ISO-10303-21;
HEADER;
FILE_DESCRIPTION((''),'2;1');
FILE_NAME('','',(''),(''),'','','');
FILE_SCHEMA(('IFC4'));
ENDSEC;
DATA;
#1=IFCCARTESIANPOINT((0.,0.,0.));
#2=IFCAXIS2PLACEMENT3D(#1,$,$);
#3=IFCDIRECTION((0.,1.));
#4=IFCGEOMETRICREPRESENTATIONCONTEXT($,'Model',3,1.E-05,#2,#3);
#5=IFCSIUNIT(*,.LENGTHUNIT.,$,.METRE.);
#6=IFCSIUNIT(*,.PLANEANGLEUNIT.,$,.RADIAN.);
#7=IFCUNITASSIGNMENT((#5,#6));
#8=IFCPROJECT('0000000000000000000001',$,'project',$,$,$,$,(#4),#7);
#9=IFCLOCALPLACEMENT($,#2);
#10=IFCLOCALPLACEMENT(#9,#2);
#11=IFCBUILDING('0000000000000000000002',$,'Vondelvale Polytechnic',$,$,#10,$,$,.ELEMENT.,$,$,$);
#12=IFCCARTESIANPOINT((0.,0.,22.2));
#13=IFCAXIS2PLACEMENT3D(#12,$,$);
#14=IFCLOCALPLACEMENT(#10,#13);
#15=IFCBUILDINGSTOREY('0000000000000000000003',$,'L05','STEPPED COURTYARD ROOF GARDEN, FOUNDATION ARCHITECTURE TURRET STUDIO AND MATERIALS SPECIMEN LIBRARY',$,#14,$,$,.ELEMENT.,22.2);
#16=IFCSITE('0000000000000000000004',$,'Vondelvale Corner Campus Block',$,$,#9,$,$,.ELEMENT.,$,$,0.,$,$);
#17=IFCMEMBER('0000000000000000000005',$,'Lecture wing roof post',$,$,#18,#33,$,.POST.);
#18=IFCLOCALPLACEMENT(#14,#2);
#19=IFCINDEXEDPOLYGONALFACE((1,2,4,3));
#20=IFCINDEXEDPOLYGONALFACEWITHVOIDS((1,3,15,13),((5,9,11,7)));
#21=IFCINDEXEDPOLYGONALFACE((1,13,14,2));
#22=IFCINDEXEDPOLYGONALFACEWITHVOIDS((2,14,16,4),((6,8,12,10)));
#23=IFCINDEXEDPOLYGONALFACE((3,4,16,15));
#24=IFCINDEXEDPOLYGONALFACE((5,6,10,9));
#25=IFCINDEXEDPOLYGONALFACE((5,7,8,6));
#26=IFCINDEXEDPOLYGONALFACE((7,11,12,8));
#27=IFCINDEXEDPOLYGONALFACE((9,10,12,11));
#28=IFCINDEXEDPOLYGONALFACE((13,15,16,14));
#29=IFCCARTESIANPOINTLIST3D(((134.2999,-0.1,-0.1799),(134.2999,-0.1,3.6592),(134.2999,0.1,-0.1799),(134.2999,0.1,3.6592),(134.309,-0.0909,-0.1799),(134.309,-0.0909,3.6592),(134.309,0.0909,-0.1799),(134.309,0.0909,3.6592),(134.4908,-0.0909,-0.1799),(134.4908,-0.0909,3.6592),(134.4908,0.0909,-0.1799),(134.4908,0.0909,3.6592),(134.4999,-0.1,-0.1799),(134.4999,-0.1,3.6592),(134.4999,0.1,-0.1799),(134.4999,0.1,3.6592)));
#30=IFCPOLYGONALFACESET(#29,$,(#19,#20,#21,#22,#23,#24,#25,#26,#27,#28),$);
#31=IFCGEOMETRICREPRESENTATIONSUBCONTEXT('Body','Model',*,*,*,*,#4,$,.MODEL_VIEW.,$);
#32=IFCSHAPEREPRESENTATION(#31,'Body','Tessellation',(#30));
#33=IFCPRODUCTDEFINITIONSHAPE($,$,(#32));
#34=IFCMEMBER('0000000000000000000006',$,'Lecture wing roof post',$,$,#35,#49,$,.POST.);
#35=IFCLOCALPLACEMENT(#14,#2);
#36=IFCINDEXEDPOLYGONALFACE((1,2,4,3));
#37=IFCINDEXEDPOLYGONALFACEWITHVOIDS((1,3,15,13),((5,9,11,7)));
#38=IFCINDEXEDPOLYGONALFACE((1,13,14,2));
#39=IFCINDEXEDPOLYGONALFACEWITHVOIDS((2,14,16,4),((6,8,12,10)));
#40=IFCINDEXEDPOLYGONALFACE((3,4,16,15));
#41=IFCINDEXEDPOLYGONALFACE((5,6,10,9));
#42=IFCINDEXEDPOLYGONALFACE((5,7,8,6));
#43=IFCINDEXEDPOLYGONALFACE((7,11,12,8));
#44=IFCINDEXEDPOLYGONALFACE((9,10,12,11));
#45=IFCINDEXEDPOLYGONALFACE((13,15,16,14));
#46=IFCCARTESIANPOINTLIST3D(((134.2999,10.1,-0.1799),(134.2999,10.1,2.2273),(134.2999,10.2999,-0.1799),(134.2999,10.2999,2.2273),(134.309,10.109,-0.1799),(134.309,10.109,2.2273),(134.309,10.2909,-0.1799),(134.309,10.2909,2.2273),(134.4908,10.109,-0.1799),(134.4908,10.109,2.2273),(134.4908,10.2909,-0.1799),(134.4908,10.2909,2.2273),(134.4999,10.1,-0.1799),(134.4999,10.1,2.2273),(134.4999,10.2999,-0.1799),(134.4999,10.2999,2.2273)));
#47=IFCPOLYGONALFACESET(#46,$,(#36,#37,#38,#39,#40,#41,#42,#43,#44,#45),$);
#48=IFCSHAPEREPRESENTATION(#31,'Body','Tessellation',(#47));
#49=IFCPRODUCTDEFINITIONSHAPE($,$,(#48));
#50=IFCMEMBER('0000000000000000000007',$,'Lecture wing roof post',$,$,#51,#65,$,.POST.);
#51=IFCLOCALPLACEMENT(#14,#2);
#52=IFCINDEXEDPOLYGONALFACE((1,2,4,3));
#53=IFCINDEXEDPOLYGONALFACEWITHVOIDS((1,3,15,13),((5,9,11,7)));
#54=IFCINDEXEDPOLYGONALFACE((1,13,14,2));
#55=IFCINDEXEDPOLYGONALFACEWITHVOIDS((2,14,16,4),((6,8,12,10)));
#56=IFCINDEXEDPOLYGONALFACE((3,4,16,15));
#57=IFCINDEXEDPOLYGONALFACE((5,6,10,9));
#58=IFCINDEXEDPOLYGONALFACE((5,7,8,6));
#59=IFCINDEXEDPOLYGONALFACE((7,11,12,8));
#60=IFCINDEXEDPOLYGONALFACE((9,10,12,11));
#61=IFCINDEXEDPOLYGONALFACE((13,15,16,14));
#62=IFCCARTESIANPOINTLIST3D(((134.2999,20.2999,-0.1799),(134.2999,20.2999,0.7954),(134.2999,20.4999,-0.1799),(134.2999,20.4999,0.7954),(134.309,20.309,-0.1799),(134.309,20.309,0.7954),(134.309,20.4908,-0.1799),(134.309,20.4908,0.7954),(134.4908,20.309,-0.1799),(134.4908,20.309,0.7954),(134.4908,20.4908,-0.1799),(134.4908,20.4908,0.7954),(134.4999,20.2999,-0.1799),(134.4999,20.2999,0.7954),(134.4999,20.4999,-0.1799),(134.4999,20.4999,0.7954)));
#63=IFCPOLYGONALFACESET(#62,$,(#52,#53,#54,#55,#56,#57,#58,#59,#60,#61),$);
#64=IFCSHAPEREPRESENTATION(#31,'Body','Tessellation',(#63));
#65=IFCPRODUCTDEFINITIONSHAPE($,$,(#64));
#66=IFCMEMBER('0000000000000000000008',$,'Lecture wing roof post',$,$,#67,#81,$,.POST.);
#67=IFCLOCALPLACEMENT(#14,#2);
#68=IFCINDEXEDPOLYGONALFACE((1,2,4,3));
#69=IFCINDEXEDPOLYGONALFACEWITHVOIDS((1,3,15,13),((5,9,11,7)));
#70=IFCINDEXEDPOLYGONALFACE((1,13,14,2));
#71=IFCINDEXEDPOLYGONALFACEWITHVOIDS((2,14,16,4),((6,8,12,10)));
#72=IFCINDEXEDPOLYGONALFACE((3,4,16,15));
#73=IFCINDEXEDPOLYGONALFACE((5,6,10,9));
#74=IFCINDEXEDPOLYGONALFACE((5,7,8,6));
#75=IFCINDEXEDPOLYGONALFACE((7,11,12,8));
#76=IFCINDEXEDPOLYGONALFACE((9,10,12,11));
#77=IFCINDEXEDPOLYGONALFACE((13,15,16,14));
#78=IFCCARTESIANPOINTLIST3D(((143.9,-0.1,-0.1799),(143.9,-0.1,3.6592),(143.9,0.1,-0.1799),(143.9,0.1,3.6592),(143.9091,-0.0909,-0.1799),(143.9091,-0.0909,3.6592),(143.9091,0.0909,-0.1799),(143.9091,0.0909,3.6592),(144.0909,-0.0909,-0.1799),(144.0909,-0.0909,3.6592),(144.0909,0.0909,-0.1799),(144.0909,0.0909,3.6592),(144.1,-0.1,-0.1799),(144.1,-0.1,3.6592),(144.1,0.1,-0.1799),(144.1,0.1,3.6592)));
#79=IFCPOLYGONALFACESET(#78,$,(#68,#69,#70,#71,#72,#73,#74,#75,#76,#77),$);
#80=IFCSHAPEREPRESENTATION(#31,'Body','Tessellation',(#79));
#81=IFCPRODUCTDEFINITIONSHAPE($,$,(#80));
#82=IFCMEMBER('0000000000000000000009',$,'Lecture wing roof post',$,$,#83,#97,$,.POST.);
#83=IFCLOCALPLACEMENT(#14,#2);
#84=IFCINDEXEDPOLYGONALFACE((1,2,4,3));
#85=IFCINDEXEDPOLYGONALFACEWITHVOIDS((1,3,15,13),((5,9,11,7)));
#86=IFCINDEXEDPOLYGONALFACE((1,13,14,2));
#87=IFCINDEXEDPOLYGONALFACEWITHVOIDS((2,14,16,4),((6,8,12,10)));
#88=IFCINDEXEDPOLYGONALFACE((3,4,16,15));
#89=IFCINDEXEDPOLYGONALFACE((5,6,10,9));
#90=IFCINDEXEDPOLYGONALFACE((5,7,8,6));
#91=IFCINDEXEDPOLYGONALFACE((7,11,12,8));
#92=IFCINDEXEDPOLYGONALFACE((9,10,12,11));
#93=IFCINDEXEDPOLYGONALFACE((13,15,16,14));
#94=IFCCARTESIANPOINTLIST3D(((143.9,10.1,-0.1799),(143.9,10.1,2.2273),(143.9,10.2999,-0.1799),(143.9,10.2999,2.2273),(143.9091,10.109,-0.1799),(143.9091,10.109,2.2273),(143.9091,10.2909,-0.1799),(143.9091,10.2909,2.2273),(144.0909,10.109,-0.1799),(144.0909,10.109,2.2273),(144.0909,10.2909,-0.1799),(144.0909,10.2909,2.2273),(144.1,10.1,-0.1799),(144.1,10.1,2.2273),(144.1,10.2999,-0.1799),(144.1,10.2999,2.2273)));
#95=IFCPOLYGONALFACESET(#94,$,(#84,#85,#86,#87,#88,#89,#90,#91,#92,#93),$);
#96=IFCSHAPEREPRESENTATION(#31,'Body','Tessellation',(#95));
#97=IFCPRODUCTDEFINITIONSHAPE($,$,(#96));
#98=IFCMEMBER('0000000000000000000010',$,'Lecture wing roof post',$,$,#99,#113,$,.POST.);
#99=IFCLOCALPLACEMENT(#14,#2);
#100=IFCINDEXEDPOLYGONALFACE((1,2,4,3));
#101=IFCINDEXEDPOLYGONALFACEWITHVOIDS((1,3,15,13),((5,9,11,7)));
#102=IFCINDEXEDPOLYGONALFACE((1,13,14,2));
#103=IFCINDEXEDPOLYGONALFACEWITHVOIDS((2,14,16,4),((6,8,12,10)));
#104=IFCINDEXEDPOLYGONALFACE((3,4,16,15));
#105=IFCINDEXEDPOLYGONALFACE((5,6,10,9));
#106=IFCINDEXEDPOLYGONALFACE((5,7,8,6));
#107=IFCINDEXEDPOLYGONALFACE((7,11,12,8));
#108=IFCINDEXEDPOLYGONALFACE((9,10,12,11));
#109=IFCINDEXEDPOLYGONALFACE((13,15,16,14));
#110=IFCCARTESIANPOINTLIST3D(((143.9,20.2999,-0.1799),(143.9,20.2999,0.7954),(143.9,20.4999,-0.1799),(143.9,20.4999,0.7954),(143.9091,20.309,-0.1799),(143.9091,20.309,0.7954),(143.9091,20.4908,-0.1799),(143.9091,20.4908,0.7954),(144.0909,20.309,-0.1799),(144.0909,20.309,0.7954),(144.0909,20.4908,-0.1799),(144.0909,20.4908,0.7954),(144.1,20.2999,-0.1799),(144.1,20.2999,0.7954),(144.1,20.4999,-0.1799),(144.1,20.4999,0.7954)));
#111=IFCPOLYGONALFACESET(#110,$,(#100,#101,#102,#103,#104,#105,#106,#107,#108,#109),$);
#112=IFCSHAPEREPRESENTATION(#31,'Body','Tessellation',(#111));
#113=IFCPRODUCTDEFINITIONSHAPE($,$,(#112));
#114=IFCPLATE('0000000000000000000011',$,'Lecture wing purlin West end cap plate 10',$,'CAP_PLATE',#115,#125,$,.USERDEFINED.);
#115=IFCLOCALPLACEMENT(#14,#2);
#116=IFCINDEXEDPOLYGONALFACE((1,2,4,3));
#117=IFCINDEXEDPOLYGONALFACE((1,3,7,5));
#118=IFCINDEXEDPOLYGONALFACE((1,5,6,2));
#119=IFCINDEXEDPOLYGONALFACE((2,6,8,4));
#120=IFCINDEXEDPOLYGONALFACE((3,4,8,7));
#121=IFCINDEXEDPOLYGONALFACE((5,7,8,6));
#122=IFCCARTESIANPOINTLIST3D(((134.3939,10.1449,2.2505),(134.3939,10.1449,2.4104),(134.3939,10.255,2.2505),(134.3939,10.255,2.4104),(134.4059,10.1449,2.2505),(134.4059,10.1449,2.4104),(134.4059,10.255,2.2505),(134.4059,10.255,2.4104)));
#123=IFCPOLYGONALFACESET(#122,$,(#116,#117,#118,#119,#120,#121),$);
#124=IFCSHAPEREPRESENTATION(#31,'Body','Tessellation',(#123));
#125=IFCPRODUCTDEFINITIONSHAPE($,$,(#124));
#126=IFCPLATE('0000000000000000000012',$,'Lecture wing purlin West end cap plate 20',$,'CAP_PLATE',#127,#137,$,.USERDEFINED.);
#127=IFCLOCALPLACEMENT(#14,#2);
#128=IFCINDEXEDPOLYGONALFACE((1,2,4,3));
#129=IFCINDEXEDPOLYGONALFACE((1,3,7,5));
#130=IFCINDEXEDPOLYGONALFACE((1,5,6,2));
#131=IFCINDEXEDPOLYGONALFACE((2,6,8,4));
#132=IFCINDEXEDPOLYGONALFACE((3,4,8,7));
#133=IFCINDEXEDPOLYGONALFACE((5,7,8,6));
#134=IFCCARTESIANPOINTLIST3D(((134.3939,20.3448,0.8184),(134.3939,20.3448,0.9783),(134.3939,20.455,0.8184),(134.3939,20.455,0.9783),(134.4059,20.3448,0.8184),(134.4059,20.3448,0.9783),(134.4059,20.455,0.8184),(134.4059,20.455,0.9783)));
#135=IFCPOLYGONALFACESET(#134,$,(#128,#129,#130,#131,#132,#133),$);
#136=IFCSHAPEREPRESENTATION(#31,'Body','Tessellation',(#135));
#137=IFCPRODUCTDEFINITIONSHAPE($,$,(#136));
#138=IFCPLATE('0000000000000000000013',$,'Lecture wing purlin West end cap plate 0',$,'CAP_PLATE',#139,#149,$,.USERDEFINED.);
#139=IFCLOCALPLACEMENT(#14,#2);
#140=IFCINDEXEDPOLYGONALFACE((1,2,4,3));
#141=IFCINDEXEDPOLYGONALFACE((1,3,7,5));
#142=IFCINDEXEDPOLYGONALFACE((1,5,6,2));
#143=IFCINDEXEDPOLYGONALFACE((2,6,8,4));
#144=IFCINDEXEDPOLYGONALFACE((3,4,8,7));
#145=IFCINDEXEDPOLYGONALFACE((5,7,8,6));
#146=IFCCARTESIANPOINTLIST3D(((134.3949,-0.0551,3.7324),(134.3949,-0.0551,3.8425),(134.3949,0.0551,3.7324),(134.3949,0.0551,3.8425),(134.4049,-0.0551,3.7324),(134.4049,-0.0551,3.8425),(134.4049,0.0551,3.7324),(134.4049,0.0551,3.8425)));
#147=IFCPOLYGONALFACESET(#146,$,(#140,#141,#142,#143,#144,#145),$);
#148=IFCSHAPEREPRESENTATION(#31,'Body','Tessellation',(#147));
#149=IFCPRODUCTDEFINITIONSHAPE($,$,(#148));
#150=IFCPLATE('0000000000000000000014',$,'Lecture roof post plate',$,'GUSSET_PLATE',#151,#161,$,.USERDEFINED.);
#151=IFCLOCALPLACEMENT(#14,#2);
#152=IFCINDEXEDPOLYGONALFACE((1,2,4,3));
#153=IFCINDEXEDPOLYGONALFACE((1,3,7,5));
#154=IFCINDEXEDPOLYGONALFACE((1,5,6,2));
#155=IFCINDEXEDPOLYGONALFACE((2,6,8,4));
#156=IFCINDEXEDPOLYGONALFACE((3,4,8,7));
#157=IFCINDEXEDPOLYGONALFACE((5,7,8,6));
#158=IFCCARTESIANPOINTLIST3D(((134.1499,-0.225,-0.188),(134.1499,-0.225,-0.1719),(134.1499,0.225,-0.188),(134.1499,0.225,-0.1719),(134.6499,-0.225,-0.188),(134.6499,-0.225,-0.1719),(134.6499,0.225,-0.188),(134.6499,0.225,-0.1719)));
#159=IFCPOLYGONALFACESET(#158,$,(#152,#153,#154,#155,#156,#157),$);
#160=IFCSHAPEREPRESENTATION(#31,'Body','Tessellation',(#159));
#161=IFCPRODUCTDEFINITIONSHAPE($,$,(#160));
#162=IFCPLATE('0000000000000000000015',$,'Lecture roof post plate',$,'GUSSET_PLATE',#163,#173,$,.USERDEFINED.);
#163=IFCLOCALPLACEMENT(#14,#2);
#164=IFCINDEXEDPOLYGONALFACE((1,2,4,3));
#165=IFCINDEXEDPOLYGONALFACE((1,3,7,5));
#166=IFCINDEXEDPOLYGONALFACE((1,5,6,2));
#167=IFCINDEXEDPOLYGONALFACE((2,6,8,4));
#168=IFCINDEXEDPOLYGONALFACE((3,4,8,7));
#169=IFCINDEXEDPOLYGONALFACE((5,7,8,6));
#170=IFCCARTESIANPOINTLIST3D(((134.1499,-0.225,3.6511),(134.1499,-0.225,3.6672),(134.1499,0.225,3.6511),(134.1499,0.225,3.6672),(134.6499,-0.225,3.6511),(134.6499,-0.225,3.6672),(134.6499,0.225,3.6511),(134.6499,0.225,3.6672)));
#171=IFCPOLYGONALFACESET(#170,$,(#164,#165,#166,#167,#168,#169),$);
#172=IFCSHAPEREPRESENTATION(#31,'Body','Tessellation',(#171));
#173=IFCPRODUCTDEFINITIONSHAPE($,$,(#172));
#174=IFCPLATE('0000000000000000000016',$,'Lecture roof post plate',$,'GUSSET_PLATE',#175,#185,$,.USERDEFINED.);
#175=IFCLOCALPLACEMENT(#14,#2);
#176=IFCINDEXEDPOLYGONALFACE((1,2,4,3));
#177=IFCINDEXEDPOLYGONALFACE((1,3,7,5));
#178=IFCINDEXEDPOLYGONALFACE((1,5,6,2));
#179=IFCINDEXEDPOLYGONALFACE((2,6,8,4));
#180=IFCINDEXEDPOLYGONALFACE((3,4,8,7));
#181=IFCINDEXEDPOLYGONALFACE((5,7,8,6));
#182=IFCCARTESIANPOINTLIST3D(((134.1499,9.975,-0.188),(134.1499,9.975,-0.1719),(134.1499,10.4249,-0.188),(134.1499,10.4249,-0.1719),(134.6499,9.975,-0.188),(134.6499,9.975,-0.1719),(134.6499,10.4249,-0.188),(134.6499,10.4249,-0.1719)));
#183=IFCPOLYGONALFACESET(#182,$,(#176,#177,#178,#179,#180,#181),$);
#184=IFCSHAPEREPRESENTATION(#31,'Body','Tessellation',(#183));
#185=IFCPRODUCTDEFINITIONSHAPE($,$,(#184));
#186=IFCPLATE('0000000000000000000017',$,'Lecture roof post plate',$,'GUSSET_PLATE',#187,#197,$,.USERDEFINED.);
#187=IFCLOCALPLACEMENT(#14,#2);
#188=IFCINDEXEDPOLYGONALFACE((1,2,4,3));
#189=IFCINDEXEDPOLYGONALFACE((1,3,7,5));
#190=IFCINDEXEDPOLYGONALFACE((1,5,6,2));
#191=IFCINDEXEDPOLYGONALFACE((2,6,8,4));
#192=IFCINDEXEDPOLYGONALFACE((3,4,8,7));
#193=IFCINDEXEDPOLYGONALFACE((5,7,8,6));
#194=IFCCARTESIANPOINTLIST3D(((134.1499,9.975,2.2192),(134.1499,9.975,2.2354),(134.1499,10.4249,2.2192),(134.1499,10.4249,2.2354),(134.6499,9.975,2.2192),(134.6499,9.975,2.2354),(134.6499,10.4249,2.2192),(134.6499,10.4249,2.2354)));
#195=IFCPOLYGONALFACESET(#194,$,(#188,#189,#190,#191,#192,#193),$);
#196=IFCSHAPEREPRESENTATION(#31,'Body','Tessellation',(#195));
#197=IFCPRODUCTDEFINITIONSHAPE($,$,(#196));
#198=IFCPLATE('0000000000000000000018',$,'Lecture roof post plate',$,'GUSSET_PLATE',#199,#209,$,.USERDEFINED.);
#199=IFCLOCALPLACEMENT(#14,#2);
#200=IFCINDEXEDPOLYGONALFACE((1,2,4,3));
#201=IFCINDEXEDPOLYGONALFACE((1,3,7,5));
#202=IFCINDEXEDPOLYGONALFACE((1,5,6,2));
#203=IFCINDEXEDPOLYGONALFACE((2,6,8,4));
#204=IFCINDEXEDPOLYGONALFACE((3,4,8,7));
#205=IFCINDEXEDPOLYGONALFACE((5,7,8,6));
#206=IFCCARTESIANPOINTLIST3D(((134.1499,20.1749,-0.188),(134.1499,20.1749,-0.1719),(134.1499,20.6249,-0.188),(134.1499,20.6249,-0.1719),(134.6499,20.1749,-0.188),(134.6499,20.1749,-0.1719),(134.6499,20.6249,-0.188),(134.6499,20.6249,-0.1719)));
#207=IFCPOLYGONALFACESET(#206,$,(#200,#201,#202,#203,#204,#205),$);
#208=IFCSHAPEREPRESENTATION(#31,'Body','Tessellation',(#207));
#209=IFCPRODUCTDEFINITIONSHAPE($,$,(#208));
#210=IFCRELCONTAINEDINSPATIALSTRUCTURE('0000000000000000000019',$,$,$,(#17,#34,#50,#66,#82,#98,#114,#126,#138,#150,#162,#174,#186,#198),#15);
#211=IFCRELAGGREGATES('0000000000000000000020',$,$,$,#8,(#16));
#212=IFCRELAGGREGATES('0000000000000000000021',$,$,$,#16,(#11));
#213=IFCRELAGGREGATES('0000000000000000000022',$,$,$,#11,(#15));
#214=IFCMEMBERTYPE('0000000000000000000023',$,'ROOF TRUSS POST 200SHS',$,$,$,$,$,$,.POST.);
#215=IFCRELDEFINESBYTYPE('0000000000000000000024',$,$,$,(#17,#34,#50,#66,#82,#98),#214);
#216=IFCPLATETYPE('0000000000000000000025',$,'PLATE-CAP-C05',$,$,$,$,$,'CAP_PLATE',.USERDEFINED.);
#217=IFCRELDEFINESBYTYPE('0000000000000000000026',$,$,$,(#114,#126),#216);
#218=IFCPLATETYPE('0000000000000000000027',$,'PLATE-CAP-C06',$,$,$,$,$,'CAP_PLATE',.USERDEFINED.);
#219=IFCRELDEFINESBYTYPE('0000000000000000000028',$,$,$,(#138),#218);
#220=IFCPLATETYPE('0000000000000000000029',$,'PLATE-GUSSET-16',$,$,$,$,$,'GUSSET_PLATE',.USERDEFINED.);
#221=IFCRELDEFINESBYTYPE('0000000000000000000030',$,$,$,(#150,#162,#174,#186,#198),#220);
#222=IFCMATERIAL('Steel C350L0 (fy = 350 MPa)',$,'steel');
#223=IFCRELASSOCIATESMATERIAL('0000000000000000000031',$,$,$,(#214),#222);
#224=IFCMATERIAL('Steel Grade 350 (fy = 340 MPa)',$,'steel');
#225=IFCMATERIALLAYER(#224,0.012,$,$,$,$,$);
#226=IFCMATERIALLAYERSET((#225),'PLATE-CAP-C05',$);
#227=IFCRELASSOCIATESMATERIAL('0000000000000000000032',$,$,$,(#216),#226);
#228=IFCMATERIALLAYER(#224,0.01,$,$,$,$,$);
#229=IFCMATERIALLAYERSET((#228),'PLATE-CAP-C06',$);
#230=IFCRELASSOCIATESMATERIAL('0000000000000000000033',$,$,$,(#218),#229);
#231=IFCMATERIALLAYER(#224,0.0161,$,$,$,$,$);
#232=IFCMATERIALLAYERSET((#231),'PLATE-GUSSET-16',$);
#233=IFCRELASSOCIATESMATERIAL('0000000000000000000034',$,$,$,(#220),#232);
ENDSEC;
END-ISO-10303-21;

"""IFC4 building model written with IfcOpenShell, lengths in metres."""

from ifc_helpers import new_model, si_unit, direction, frame, origin, origin_2d, place, context, subcontext, project, spatial, rectangle, hollow_rectangle, extrude, material, layer, layer_set, material_profile, profile_set, type_object, element, save


model = new_model("IFC4")

# Units and contexts
model_context = context("Model", 3, precision=1e-05, world=origin(), true_north=direction((0.0, 1.0)))
body_context = subcontext(model_context, "Body", "Model", "MODEL_VIEW")
ifc_project = project(units=[si_unit("LENGTHUNIT", "METRE"), si_unit("PLANEANGLEUNIT", "RADIAN")], contexts=[model_context])

# Site, building, storey
site_placement = place(None, origin())
site = spatial("IfcSite", under=ifc_project, at=site_placement, Name="Vondelvale Corner Campus Block", CompositionType="ELEMENT", RefElevation=0.0)
building_placement = place(site_placement, origin())
building = spatial("IfcBuilding", under=site, at=building_placement, Name="Vondelvale Polytechnic", CompositionType="ELEMENT")
storey_placement = place(building_placement, frame((0.0, 0.0, 22.2)))
storey = spatial("IfcBuildingStorey", under=building, at=storey_placement, Name="L05", Description="STEPPED COURTYARD ROOF GARDEN, FOUNDATION ARCHITECTURE TURRET STUDIO AND MATERIALS SPECIMEN LIBRARY", CompositionType="ELEMENT", Elevation=22.2)

# Members
ifc_material_1 = material(Name="Steel C350L0 (fy = 350 MPa)", Category="steel")
ifc_material_profile_1 = material_profile(ifc_material_1, hollow_rectangle(XDim=0.2, YDim=0.2, WallThickness=0.009, at=origin_2d()), Name="200x200x9.0SHS")
ifc_profile_set_1 = profile_set([ifc_material_profile_1], Name="Steel C350L0 (fy = 350 MPa)")
member_type_1 = type_object("IfcMemberType", Name="ROOF TRUSS POST 200SHS", PredefinedType="POST", material=ifc_profile_set_1)
member_1_placement = place(storey_placement, frame((134.3999, 0.0, -0.1799), z_axis=(0.0, 0.0, 1.0), x_axis=(1.0, 0.0, 0.0)))
element("IfcMember", 1, at=member_1_placement, inside=storey, type_object=member_type_1, Name="Lecture wing roof post", PredefinedType="POST", context=body_context, shape_type="SweptSolid", body=[
    extrude(hollow_rectangle(XDim=0.2, YDim=0.2, WallThickness=0.009, at=origin_2d()), origin(), (0.0, 0.0, 1.0), 3.8391),
])
member_2_placement = place(storey_placement, frame((134.3999, 10.2, -0.1799), z_axis=(0.0, 0.0, 1.0), x_axis=(1.0, 0.0, 0.0)))
element("IfcMember", 2, at=member_2_placement, inside=storey, type_object=member_type_1, Name="Lecture wing roof post", PredefinedType="POST", context=body_context, shape_type="SweptSolid", body=[
    extrude(hollow_rectangle(XDim=0.2, YDim=0.2, WallThickness=0.009, at=origin_2d()), origin(), (0.0, 0.0, 1.0), 2.4072),
])
member_3_placement = place(storey_placement, frame((134.3999, 20.3999, -0.1799), z_axis=(0.0, 0.0, 1.0), x_axis=(1.0, 0.0, 0.0)))
element("IfcMember", 3, at=member_3_placement, inside=storey, type_object=member_type_1, Name="Lecture wing roof post", PredefinedType="POST", context=body_context, shape_type="SweptSolid", body=[
    extrude(hollow_rectangle(XDim=0.2, YDim=0.2, WallThickness=0.009, at=origin_2d()), origin(), (0.0, 0.0, 1.0), 0.9753),
])
member_4_placement = place(storey_placement, frame((144.0, 0.0, -0.1799), z_axis=(0.0, 0.0, 1.0), x_axis=(1.0, 0.0, 0.0)))
element("IfcMember", 4, at=member_4_placement, inside=storey, type_object=member_type_1, Name="Lecture wing roof post", PredefinedType="POST", context=body_context, shape_type="SweptSolid", body=[
    extrude(hollow_rectangle(XDim=0.2, YDim=0.2, WallThickness=0.009, at=origin_2d()), origin(), (0.0, 0.0, 1.0), 3.8391),
])
member_5_placement = place(storey_placement, frame((144.0, 10.2, -0.1799), z_axis=(0.0, 0.0, 1.0), x_axis=(1.0, 0.0, 0.0)))
element("IfcMember", 5, at=member_5_placement, inside=storey, type_object=member_type_1, Name="Lecture wing roof post", PredefinedType="POST", context=body_context, shape_type="SweptSolid", body=[
    extrude(hollow_rectangle(XDim=0.2, YDim=0.2, WallThickness=0.009, at=origin_2d()), origin(), (0.0, 0.0, 1.0), 2.4072),
])
member_6_placement = place(storey_placement, frame((144.0, 20.3999, -0.1799), z_axis=(0.0, 0.0, 1.0), x_axis=(1.0, 0.0, 0.0)))
element("IfcMember", 6, at=member_6_placement, inside=storey, type_object=member_type_1, Name="Lecture wing roof post", PredefinedType="POST", context=body_context, shape_type="SweptSolid", body=[
    extrude(hollow_rectangle(XDim=0.2, YDim=0.2, WallThickness=0.009, at=origin_2d()), origin(), (0.0, 0.0, 1.0), 0.9753),
])

# Plates
ifc_material_2 = material(Name="Steel Grade 350 (fy = 340 MPa)", Category="steel")
ifc_layer_1 = layer(ifc_material_2, 0.012)
ifc_layer_set_1 = layer_set([ifc_layer_1], Name="PLATE-CAP-C05")
plate_type_1 = type_object("IfcPlateType", Name="PLATE-CAP-C05", ElementType="CAP_PLATE", PredefinedType="USERDEFINED", material=ifc_layer_set_1)
for number, where, z_axis, x_axis, name in (
    (7, (134.3999, 10.2, 2.2505), (0.0, 0.0, 1.0), (1.0, 0.0, 0.0), "Lecture wing purlin West end cap plate 10"),
    (8, (134.3999, 20.3999, 0.8184), (0.0, 0.0, 1.0), (1.0, 0.0, 0.0), "Lecture wing purlin West end cap plate 20"),
):
    element("IfcPlate", number, at=place(storey_placement, frame(where, z_axis=z_axis, x_axis=x_axis)), inside=storey, type_object=plate_type_1, Name=name, ObjectType="CAP_PLATE", PredefinedType="USERDEFINED", context=body_context, shape_type="SweptSolid", body=[
        extrude(rectangle(XDim=0.012, YDim=0.1101, at=origin_2d()), origin(), (0.0, 0.0, 1.0), 0.1599),
    ])
ifc_layer_2 = layer(ifc_material_2, 0.01)
ifc_layer_set_2 = layer_set([ifc_layer_2], Name="PLATE-CAP-C06")
plate_type_2 = type_object("IfcPlateType", Name="PLATE-CAP-C06", ElementType="CAP_PLATE", PredefinedType="USERDEFINED", material=ifc_layer_set_2)
plate_placement = place(storey_placement, frame((134.3999, 0.0, 3.7324), z_axis=(0.0, 0.0, 1.0), x_axis=(1.0, 0.0, 0.0)))
element("IfcPlate", 9, at=plate_placement, inside=storey, type_object=plate_type_2, Name="Lecture wing purlin West end cap plate 0", ObjectType="CAP_PLATE", PredefinedType="USERDEFINED", context=body_context, shape_type="SweptSolid", body=[
    extrude(rectangle(XDim=0.01, YDim=0.1101, at=origin_2d()), origin(), (0.0, 0.0, 1.0), 0.1101),
])
ifc_layer_3 = layer(ifc_material_2, 0.0161)
ifc_layer_set_3 = layer_set([ifc_layer_3], Name="PLATE-GUSSET-16")
plate_type_3 = type_object("IfcPlateType", Name="PLATE-GUSSET-16", ElementType="GUSSET_PLATE", PredefinedType="USERDEFINED", material=ifc_layer_set_3)
for number, where, z_axis, x_axis, name in (
    (10, (134.3999, 0.0, -0.188), (0.0, 0.0, 1.0), (1.0, 0.0, 0.0), "Lecture roof post plate"),
    (11, (134.3999, 0.0, 3.6511), (0.0, 0.0, 1.0), (1.0, 0.0, 0.0), "Lecture roof post plate"),
    (12, (134.3999, 10.2, -0.188), (0.0, 0.0, 1.0), (1.0, 0.0, 0.0), "Lecture roof post plate"),
    (13, (134.3999, 10.2, 2.2192), (0.0, 0.0, 1.0), (1.0, 0.0, 0.0), "Lecture roof post plate"),
    (14, (134.3999, 20.3999, -0.188), (0.0, 0.0, 1.0), (1.0, 0.0, 0.0), "Lecture roof post plate"),
):
    element("IfcPlate", number, at=place(storey_placement, frame(where, z_axis=z_axis, x_axis=x_axis)), inside=storey, type_object=plate_type_3, Name=name, ObjectType="GUSSET_PLATE", PredefinedType="USERDEFINED", context=body_context, shape_type="SweptSolid", body=[
        extrude(rectangle(XDim=0.5, YDim=0.45, at=origin_2d()), origin(), (0.0, 0.0, 1.0), 0.0161),
    ])

save(model, "model.ifc")
